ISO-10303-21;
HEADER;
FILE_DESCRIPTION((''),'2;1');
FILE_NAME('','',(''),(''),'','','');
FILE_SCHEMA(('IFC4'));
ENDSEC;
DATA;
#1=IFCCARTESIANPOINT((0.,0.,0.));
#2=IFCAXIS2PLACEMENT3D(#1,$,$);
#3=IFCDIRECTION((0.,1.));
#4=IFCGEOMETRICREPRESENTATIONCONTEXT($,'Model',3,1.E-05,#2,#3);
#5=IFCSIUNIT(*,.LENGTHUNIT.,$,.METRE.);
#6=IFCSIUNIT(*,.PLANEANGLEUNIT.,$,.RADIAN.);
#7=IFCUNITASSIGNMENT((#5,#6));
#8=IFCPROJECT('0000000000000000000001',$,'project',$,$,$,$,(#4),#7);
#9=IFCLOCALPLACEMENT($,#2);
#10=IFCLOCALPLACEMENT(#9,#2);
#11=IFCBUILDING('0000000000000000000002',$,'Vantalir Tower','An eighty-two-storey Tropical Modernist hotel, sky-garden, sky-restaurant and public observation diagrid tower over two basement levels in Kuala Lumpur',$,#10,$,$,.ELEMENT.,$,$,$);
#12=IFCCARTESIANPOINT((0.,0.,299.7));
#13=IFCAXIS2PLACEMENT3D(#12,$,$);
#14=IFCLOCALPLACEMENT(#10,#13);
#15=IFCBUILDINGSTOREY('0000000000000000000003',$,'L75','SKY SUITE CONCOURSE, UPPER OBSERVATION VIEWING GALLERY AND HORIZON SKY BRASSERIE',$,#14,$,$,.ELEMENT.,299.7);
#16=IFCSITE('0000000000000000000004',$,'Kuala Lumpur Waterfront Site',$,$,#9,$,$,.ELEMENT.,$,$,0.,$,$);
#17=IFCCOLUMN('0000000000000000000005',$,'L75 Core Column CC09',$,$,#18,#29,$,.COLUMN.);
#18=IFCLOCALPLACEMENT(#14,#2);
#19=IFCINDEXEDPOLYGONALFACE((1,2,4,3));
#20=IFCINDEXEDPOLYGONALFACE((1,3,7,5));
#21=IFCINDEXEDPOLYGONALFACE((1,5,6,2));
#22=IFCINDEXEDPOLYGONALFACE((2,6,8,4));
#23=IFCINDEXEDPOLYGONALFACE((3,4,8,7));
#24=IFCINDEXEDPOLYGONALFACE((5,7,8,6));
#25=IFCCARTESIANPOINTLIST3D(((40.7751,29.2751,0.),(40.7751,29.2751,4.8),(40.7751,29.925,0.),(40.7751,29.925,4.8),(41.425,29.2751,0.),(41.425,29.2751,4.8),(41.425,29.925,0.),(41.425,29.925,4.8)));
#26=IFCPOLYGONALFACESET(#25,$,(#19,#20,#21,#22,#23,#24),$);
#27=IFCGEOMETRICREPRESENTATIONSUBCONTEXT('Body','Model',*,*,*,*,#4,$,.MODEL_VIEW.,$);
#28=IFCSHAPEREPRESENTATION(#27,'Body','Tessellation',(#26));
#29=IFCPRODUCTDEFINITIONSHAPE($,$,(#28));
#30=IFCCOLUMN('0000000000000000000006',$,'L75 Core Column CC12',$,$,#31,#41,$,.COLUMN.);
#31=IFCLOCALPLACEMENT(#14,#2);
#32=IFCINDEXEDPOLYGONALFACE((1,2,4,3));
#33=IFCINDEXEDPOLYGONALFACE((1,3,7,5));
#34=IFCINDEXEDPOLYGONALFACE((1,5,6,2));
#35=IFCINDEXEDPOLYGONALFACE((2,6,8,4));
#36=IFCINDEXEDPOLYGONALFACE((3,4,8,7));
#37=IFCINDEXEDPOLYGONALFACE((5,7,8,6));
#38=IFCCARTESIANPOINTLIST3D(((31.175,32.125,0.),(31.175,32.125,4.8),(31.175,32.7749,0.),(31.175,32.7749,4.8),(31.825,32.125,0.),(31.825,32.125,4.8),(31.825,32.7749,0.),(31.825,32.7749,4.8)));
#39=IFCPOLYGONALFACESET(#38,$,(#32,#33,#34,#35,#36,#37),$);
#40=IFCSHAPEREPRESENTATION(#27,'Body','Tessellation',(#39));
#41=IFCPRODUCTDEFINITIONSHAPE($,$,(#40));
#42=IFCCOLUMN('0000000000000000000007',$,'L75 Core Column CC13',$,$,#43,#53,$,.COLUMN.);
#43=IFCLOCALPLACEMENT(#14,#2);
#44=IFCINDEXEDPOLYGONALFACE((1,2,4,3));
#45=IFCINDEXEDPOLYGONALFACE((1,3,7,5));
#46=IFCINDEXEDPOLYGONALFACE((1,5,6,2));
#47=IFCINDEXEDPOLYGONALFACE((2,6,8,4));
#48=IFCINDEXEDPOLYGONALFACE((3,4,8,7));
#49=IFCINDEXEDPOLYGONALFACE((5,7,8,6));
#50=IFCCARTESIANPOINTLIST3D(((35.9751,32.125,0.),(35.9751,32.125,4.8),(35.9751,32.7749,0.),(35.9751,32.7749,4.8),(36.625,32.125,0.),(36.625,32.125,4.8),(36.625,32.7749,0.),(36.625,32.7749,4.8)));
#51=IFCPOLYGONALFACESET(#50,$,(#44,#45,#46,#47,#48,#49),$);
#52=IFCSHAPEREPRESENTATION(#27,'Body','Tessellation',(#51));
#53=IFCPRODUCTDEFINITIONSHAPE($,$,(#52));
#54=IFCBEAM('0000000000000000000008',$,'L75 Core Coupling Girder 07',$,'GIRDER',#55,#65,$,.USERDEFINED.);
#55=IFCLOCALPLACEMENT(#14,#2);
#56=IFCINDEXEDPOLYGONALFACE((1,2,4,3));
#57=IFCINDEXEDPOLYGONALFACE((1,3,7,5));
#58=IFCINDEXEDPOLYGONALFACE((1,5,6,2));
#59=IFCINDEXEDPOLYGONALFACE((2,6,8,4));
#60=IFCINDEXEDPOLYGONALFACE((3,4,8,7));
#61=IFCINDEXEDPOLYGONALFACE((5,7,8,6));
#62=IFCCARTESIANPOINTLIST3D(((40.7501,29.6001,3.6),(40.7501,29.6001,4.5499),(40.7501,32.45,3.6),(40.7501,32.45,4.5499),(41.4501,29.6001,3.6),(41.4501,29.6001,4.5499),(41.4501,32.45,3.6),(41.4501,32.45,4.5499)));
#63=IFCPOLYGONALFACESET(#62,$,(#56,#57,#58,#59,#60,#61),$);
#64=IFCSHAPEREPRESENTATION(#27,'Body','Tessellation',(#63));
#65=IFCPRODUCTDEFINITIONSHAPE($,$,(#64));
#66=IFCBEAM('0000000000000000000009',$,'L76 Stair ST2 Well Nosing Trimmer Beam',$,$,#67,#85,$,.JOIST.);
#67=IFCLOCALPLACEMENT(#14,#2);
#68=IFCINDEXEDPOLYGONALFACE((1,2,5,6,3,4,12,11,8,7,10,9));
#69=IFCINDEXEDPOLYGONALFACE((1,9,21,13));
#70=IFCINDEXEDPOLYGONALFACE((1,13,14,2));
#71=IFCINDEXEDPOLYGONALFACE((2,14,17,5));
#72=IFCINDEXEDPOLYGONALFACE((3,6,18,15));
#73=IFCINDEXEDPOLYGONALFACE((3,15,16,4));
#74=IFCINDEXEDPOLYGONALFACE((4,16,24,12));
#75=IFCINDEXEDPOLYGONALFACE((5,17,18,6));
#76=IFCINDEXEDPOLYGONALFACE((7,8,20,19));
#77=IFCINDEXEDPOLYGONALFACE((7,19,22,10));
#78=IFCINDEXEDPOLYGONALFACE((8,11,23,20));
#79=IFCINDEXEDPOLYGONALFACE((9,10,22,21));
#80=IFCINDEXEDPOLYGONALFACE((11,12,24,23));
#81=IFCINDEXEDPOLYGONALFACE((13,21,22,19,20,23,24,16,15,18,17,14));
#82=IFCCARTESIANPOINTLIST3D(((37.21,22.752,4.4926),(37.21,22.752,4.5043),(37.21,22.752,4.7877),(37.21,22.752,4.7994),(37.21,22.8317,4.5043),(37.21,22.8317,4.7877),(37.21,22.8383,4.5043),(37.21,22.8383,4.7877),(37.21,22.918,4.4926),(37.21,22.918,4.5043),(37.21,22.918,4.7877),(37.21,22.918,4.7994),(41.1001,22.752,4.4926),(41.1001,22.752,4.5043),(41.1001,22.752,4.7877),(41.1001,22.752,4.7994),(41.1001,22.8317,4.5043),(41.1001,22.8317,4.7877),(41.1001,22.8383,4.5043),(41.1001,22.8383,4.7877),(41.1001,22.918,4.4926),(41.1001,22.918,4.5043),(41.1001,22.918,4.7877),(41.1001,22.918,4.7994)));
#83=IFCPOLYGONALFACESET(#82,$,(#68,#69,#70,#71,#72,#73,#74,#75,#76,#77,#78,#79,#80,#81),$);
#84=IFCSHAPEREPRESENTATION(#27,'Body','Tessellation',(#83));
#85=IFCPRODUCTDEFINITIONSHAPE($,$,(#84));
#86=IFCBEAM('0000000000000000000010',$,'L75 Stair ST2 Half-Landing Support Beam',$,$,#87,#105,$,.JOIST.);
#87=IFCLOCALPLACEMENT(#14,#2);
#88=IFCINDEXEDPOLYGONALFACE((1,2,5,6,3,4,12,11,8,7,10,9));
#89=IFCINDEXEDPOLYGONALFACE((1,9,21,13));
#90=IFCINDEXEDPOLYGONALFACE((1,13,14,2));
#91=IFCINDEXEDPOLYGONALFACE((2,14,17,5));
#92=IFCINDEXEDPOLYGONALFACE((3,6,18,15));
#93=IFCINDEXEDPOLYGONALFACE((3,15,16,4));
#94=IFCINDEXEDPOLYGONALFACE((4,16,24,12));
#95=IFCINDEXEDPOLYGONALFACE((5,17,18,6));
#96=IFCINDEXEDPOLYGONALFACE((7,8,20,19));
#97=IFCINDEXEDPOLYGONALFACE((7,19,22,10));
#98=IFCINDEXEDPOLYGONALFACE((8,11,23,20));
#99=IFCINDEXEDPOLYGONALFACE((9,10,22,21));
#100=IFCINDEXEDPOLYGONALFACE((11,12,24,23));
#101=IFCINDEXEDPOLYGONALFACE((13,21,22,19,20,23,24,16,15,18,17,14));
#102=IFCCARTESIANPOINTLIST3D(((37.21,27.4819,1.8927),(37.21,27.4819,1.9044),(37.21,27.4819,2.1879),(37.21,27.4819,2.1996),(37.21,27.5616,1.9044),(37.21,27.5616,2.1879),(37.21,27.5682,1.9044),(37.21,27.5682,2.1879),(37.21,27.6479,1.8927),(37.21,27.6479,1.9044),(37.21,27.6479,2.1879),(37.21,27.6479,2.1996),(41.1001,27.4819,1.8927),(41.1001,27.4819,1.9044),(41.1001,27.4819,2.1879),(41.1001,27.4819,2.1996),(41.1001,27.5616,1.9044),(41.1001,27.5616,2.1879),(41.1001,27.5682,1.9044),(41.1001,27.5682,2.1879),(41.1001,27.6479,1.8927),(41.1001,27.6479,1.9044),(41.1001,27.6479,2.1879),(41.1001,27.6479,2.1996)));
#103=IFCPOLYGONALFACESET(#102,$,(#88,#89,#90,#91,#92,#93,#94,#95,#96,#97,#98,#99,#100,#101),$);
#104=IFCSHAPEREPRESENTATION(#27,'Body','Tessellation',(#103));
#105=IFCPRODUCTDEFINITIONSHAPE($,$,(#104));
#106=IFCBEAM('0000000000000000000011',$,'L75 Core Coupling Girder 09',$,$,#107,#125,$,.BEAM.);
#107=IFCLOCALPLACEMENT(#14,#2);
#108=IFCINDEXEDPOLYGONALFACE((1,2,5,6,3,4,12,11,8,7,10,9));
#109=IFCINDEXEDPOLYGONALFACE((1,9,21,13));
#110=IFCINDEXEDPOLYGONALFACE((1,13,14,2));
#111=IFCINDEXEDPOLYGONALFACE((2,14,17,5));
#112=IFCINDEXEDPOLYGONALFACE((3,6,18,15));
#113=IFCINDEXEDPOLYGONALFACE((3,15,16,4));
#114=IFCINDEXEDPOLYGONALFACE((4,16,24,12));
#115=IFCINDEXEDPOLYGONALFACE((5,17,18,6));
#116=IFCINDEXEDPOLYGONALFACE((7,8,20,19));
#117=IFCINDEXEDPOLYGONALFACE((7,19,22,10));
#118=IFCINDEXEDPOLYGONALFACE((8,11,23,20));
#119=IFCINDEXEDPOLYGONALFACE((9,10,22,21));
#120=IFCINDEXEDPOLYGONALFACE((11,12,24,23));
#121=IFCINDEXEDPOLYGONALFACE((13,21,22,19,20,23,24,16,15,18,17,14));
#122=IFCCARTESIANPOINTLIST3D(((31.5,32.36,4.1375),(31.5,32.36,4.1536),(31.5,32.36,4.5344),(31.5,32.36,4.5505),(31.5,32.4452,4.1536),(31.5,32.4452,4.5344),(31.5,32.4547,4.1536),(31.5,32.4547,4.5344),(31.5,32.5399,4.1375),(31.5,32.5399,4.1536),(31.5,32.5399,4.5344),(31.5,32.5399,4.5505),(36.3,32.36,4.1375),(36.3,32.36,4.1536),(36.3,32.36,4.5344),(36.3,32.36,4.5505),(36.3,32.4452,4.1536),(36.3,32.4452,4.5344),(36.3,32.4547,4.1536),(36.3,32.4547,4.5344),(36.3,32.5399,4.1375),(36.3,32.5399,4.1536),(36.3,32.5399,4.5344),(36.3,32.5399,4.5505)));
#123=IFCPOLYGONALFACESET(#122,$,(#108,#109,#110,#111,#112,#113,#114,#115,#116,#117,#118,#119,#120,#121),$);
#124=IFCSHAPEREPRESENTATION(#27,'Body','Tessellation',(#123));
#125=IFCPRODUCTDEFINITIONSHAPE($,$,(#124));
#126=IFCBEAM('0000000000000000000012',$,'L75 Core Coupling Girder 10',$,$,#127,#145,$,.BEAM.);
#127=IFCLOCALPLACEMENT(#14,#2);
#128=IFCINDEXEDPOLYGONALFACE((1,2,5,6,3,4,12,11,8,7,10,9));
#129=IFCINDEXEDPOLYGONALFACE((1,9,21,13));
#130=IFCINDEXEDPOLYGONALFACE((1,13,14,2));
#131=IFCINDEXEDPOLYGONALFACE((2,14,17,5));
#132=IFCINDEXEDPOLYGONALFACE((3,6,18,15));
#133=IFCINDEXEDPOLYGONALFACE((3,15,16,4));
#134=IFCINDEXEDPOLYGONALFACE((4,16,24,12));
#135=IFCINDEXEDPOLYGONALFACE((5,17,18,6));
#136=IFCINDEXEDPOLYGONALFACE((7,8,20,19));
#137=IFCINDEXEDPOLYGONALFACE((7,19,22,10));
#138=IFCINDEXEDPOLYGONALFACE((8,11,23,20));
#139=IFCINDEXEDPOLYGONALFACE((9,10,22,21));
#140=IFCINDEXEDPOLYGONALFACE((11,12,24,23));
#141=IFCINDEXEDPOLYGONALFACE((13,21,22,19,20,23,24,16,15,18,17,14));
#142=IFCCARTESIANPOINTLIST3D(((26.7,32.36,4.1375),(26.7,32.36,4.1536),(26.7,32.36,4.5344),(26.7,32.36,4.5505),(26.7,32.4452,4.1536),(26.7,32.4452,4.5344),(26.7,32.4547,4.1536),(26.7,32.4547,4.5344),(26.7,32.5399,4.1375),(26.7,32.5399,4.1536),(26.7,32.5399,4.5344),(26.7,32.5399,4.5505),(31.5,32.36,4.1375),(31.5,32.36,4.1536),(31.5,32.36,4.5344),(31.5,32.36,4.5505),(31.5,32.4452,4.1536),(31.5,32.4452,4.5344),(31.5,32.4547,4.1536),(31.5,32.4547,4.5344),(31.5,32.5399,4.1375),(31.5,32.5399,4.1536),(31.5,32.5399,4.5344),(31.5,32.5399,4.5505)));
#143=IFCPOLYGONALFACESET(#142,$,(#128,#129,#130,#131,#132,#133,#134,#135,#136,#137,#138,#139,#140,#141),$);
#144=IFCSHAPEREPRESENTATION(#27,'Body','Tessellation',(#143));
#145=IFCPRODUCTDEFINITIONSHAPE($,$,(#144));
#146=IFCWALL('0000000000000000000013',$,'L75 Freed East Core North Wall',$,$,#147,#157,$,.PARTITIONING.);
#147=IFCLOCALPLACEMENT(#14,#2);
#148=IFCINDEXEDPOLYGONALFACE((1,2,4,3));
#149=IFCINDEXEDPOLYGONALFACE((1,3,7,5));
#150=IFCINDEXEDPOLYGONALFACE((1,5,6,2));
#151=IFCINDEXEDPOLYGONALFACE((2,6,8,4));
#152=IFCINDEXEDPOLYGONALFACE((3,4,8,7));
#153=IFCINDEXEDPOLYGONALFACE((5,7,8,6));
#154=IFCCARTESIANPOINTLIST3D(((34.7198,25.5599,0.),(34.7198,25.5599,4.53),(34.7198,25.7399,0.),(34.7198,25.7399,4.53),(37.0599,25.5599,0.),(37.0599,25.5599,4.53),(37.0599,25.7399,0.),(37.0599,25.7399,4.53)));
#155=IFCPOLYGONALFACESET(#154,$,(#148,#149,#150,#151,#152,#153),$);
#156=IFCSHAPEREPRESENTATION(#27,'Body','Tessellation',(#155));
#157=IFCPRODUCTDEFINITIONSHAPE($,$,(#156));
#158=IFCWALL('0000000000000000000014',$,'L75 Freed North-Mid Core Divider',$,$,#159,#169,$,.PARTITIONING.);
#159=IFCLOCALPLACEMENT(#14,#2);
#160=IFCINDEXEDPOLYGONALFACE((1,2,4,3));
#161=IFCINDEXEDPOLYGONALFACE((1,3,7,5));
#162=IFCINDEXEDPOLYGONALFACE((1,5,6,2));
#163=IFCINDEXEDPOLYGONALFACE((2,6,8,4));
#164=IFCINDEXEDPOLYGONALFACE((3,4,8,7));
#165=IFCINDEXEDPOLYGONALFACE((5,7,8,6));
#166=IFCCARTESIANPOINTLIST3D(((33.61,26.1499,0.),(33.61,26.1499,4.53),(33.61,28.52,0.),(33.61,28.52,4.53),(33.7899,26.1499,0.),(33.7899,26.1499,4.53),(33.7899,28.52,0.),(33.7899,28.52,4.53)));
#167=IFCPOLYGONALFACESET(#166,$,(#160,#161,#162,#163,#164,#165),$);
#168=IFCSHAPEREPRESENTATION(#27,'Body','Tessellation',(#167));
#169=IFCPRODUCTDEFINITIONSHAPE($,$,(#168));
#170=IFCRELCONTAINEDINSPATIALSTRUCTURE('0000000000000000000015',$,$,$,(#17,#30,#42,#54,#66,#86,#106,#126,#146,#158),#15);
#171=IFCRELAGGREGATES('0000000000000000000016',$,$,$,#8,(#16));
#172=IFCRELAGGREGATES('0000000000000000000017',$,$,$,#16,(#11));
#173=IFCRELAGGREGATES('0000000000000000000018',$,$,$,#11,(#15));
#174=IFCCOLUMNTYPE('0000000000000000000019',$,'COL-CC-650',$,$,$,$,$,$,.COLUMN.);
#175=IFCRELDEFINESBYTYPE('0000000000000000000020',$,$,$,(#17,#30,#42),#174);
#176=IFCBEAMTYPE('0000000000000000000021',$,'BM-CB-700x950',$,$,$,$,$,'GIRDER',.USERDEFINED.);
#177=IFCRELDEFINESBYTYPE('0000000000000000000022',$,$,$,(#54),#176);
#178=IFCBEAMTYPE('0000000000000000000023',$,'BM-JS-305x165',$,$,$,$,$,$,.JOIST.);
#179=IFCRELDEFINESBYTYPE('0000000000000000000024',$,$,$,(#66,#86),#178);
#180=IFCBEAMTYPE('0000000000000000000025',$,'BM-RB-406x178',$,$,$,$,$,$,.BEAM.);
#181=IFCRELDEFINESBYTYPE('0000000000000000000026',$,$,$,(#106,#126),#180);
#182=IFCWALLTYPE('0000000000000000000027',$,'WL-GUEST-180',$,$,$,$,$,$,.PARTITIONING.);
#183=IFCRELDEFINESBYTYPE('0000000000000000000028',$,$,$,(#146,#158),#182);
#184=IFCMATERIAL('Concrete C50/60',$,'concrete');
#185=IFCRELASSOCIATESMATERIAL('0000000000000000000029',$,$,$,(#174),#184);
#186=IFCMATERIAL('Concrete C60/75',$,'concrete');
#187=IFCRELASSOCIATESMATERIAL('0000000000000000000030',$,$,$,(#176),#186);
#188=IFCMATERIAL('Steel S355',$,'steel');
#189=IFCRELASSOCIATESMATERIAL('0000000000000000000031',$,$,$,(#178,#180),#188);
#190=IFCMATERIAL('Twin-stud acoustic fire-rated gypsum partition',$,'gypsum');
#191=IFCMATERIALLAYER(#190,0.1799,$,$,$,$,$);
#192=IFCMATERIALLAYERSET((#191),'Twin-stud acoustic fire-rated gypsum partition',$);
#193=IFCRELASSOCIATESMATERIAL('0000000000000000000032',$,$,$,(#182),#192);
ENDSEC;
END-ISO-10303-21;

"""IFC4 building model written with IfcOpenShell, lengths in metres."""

from ifc_helpers import new_model, si_unit, direction, frame, frame_2d, origin, origin_2d, place, context, subcontext, project, spatial, rectangle, i_section, extrude, material, layer, layer_set, material_profile, profile_set, type_object, element, save


model = new_model("IFC4")

# Units and contexts
model_context = context("Model", 3, precision=1e-05, world=origin(), true_north=direction((0.0, 1.0)))
body_context = subcontext(model_context, "Body", "Model", "MODEL_VIEW")
ifc_project = project(units=[si_unit("LENGTHUNIT", "METRE"), si_unit("PLANEANGLEUNIT", "RADIAN")], contexts=[model_context])

# Site, building, storey
site_placement = place(None, origin())
site = spatial("IfcSite", under=ifc_project, at=site_placement, Name="Kuala Lumpur Waterfront Site", CompositionType="ELEMENT", RefElevation=0.0)
building_placement = place(site_placement, origin())
building = spatial("IfcBuilding", under=site, at=building_placement, Name="Vantalir Tower", Description="An eighty-two-storey Tropical Modernist hotel, sky-garden, sky-restaurant and public observation diagrid tower over two basement levels in Kuala Lumpur", CompositionType="ELEMENT")
storey_placement = place(building_placement, frame((0.0, 0.0, 299.7)))
storey = spatial("IfcBuildingStorey", under=building, at=storey_placement, Name="L75", Description="SKY SUITE CONCOURSE, UPPER OBSERVATION VIEWING GALLERY AND HORIZON SKY BRASSERIE", CompositionType="ELEMENT", Elevation=299.7)

# Columns
ifc_material_1 = material(Name="Concrete C50/60", Category="concrete")
ifc_material_profile_1 = material_profile(ifc_material_1, rectangle(XDim=0.6499, YDim=0.6499, at=origin_2d()), Name="Concrete C50/60")
ifc_profile_set_1 = profile_set([ifc_material_profile_1], Name="Concrete C50/60")
column_type = type_object("IfcColumnType", Name="COL-CC-650", PredefinedType="COLUMN", material=ifc_profile_set_1)
for number, where, z_axis, x_axis, name in (
    (1, (41.1001, 29.6001, 0.0), (0.0, 0.0, 1.0), (1.0, 0.0, 0.0), "L75 Core Column CC09"),
    (2, (31.5, 32.45, 0.0), (0.0, 0.0, 1.0), (1.0, 0.0, 0.0), "L75 Core Column CC12"),
    (3, (36.3, 32.45, 0.0), (0.0, 0.0, 1.0), (1.0, 0.0, 0.0), "L75 Core Column CC13"),
):
    element("IfcColumn", number, at=place(storey_placement, frame(where, z_axis=z_axis, x_axis=x_axis)), inside=storey, type_object=column_type, Name=name, PredefinedType="COLUMN", context=body_context, shape_type="SweptSolid", body=[
        extrude(rectangle(XDim=0.6499, YDim=0.6499, at=origin_2d()), origin(), (0.0, 0.0, 1.0), 4.8),
    ])

# Beams
ifc_material_2 = material(Name="Concrete C60/75", Category="concrete")
ifc_material_profile_2 = material_profile(ifc_material_2, rectangle(XDim=0.7, YDim=0.95, at=origin_2d()), Name="Concrete C60/75")
ifc_profile_set_2 = profile_set([ifc_material_profile_2], Name="Concrete C60/75")
beam_type_1 = type_object("IfcBeamType", Name="BM-CB-700x950", ElementType="GIRDER", PredefinedType="USERDEFINED", material=ifc_profile_set_2)
beam_placement = place(storey_placement, frame((41.1001, 29.6001, 4.075), z_axis=(0.0, 1.0, 0.0), x_axis=(-1.0, 0.0, 0.0)))
element("IfcBeam", 4, at=beam_placement, inside=storey, type_object=beam_type_1, Name="L75 Core Coupling Girder 07", ObjectType="GIRDER", PredefinedType="USERDEFINED", context=body_context, shape_type="SweptSolid", body=[
    extrude(rectangle(XDim=0.7, YDim=0.95, at=origin_2d()), origin(), (0.0, 0.0, 1.0), 2.8499),
])
ifc_material_3 = material(Name="Steel S355", Category="steel")
ifc_material_profile_3 = material_profile(ifc_material_3, i_section(OverallWidth=0.166, OverallDepth=0.3069, WebThickness=0.0066, FlangeThickness=0.0117, at=origin_2d()), Name="Steel S355")
ifc_profile_set_3 = profile_set([ifc_material_profile_3], Name="Steel S355")
beam_type_2 = type_object("IfcBeamType", Name="BM-JS-305x165", PredefinedType="JOIST", material=ifc_profile_set_3)
for number, where, z_axis, x_axis, name in (
    (5, (37.21, 22.835, 4.646), (1.0, 0.0, 0.0), (0.0, 1.0, 0.0), "L76 Stair ST2 Well Nosing Trimmer Beam"),
    (6, (37.21, 27.5649, 2.0461), (1.0, 0.0, 0.0), (0.0, 1.0, 0.0), "L75 Stair ST2 Half-Landing Support Beam"),
):
    element("IfcBeam", number, at=place(storey_placement, frame(where, z_axis=z_axis, x_axis=x_axis)), inside=storey, type_object=beam_type_2, Name=name, PredefinedType="JOIST", context=body_context, shape_type="SweptSolid", body=[
        extrude(i_section(OverallWidth=0.166, OverallDepth=0.3069, WebThickness=0.0066, FlangeThickness=0.0117, at=origin_2d()), origin(), (0.0, 0.0, 1.0), 3.8901),
    ])
ifc_material_profile_4 = material_profile(ifc_material_3, i_section(OverallWidth=0.1799, OverallDepth=0.4131, WebThickness=0.0095, FlangeThickness=0.0161, at=origin_2d()), Name="Steel S355")
ifc_profile_set_4 = profile_set([ifc_material_profile_4], Name="Steel S355")
beam_type_3 = type_object("IfcBeamType", Name="BM-RB-406x178", PredefinedType="BEAM", material=ifc_profile_set_4)
for number, where, z_axis, x_axis, name in (
    (7, (36.3, 32.45, 4.344), (-1.0, 0.0, 0.0), (0.0, -1.0, 0.0), "L75 Core Coupling Girder 09"),
    (8, (31.5, 32.45, 4.344), (-1.0, 0.0, 0.0), (0.0, -1.0, 0.0), "L75 Core Coupling Girder 10"),
):
    element("IfcBeam", number, at=place(storey_placement, frame(where, z_axis=z_axis, x_axis=x_axis)), inside=storey, type_object=beam_type_3, Name=name, PredefinedType="BEAM", context=body_context, shape_type="SweptSolid", body=[
        extrude(i_section(OverallWidth=0.1799, OverallDepth=0.4131, WebThickness=0.0095, FlangeThickness=0.0161, at=origin_2d()), origin(), (0.0, 0.0, 1.0), 4.8),
    ])

# Walls
ifc_material_4 = material(Name="Twin-stud acoustic fire-rated gypsum partition", Category="gypsum")
ifc_layer_1 = layer(ifc_material_4, 0.1799)
ifc_layer_set_1 = layer_set([ifc_layer_1], Name="Twin-stud acoustic fire-rated gypsum partition")
wall_type_1 = type_object("IfcWallType", Name="WL-GUEST-180", PredefinedType="PARTITIONING", material=ifc_layer_set_1)
wall_1_placement = place(storey_placement, frame((34.72, 25.6499, 0.0), z_axis=(0.0, 0.0, 1.0), x_axis=(1.0, 0.0, 0.0)))
element("IfcWall", 9, at=wall_1_placement, inside=storey, type_object=wall_type_1, Name="L75 Freed East Core North Wall", PredefinedType="PARTITIONING", context=body_context, shape_type="SweptSolid", body=[
    extrude(rectangle(XDim=2.3401, YDim=0.1799, at=frame_2d((1.1699, 0.0))), origin(), (0.0, 0.0, 1.0), 4.53),
])
wall_2_placement = place(storey_placement, frame((33.7, 26.1499, 0.0), z_axis=(0.0, 0.0, 1.0), x_axis=(0.0, 1.0, 0.0)))
element("IfcWall", 10, at=wall_2_placement, inside=storey, type_object=wall_type_1, Name="L75 Freed North-Mid Core Divider", PredefinedType="PARTITIONING", context=body_context, shape_type="SweptSolid", body=[
    extrude(rectangle(XDim=2.3701, YDim=0.1799, at=frame_2d((1.1851, 0.0))), origin(), (0.0, 0.0, 1.0), 4.53),
])

save(model, "model.ifc")
